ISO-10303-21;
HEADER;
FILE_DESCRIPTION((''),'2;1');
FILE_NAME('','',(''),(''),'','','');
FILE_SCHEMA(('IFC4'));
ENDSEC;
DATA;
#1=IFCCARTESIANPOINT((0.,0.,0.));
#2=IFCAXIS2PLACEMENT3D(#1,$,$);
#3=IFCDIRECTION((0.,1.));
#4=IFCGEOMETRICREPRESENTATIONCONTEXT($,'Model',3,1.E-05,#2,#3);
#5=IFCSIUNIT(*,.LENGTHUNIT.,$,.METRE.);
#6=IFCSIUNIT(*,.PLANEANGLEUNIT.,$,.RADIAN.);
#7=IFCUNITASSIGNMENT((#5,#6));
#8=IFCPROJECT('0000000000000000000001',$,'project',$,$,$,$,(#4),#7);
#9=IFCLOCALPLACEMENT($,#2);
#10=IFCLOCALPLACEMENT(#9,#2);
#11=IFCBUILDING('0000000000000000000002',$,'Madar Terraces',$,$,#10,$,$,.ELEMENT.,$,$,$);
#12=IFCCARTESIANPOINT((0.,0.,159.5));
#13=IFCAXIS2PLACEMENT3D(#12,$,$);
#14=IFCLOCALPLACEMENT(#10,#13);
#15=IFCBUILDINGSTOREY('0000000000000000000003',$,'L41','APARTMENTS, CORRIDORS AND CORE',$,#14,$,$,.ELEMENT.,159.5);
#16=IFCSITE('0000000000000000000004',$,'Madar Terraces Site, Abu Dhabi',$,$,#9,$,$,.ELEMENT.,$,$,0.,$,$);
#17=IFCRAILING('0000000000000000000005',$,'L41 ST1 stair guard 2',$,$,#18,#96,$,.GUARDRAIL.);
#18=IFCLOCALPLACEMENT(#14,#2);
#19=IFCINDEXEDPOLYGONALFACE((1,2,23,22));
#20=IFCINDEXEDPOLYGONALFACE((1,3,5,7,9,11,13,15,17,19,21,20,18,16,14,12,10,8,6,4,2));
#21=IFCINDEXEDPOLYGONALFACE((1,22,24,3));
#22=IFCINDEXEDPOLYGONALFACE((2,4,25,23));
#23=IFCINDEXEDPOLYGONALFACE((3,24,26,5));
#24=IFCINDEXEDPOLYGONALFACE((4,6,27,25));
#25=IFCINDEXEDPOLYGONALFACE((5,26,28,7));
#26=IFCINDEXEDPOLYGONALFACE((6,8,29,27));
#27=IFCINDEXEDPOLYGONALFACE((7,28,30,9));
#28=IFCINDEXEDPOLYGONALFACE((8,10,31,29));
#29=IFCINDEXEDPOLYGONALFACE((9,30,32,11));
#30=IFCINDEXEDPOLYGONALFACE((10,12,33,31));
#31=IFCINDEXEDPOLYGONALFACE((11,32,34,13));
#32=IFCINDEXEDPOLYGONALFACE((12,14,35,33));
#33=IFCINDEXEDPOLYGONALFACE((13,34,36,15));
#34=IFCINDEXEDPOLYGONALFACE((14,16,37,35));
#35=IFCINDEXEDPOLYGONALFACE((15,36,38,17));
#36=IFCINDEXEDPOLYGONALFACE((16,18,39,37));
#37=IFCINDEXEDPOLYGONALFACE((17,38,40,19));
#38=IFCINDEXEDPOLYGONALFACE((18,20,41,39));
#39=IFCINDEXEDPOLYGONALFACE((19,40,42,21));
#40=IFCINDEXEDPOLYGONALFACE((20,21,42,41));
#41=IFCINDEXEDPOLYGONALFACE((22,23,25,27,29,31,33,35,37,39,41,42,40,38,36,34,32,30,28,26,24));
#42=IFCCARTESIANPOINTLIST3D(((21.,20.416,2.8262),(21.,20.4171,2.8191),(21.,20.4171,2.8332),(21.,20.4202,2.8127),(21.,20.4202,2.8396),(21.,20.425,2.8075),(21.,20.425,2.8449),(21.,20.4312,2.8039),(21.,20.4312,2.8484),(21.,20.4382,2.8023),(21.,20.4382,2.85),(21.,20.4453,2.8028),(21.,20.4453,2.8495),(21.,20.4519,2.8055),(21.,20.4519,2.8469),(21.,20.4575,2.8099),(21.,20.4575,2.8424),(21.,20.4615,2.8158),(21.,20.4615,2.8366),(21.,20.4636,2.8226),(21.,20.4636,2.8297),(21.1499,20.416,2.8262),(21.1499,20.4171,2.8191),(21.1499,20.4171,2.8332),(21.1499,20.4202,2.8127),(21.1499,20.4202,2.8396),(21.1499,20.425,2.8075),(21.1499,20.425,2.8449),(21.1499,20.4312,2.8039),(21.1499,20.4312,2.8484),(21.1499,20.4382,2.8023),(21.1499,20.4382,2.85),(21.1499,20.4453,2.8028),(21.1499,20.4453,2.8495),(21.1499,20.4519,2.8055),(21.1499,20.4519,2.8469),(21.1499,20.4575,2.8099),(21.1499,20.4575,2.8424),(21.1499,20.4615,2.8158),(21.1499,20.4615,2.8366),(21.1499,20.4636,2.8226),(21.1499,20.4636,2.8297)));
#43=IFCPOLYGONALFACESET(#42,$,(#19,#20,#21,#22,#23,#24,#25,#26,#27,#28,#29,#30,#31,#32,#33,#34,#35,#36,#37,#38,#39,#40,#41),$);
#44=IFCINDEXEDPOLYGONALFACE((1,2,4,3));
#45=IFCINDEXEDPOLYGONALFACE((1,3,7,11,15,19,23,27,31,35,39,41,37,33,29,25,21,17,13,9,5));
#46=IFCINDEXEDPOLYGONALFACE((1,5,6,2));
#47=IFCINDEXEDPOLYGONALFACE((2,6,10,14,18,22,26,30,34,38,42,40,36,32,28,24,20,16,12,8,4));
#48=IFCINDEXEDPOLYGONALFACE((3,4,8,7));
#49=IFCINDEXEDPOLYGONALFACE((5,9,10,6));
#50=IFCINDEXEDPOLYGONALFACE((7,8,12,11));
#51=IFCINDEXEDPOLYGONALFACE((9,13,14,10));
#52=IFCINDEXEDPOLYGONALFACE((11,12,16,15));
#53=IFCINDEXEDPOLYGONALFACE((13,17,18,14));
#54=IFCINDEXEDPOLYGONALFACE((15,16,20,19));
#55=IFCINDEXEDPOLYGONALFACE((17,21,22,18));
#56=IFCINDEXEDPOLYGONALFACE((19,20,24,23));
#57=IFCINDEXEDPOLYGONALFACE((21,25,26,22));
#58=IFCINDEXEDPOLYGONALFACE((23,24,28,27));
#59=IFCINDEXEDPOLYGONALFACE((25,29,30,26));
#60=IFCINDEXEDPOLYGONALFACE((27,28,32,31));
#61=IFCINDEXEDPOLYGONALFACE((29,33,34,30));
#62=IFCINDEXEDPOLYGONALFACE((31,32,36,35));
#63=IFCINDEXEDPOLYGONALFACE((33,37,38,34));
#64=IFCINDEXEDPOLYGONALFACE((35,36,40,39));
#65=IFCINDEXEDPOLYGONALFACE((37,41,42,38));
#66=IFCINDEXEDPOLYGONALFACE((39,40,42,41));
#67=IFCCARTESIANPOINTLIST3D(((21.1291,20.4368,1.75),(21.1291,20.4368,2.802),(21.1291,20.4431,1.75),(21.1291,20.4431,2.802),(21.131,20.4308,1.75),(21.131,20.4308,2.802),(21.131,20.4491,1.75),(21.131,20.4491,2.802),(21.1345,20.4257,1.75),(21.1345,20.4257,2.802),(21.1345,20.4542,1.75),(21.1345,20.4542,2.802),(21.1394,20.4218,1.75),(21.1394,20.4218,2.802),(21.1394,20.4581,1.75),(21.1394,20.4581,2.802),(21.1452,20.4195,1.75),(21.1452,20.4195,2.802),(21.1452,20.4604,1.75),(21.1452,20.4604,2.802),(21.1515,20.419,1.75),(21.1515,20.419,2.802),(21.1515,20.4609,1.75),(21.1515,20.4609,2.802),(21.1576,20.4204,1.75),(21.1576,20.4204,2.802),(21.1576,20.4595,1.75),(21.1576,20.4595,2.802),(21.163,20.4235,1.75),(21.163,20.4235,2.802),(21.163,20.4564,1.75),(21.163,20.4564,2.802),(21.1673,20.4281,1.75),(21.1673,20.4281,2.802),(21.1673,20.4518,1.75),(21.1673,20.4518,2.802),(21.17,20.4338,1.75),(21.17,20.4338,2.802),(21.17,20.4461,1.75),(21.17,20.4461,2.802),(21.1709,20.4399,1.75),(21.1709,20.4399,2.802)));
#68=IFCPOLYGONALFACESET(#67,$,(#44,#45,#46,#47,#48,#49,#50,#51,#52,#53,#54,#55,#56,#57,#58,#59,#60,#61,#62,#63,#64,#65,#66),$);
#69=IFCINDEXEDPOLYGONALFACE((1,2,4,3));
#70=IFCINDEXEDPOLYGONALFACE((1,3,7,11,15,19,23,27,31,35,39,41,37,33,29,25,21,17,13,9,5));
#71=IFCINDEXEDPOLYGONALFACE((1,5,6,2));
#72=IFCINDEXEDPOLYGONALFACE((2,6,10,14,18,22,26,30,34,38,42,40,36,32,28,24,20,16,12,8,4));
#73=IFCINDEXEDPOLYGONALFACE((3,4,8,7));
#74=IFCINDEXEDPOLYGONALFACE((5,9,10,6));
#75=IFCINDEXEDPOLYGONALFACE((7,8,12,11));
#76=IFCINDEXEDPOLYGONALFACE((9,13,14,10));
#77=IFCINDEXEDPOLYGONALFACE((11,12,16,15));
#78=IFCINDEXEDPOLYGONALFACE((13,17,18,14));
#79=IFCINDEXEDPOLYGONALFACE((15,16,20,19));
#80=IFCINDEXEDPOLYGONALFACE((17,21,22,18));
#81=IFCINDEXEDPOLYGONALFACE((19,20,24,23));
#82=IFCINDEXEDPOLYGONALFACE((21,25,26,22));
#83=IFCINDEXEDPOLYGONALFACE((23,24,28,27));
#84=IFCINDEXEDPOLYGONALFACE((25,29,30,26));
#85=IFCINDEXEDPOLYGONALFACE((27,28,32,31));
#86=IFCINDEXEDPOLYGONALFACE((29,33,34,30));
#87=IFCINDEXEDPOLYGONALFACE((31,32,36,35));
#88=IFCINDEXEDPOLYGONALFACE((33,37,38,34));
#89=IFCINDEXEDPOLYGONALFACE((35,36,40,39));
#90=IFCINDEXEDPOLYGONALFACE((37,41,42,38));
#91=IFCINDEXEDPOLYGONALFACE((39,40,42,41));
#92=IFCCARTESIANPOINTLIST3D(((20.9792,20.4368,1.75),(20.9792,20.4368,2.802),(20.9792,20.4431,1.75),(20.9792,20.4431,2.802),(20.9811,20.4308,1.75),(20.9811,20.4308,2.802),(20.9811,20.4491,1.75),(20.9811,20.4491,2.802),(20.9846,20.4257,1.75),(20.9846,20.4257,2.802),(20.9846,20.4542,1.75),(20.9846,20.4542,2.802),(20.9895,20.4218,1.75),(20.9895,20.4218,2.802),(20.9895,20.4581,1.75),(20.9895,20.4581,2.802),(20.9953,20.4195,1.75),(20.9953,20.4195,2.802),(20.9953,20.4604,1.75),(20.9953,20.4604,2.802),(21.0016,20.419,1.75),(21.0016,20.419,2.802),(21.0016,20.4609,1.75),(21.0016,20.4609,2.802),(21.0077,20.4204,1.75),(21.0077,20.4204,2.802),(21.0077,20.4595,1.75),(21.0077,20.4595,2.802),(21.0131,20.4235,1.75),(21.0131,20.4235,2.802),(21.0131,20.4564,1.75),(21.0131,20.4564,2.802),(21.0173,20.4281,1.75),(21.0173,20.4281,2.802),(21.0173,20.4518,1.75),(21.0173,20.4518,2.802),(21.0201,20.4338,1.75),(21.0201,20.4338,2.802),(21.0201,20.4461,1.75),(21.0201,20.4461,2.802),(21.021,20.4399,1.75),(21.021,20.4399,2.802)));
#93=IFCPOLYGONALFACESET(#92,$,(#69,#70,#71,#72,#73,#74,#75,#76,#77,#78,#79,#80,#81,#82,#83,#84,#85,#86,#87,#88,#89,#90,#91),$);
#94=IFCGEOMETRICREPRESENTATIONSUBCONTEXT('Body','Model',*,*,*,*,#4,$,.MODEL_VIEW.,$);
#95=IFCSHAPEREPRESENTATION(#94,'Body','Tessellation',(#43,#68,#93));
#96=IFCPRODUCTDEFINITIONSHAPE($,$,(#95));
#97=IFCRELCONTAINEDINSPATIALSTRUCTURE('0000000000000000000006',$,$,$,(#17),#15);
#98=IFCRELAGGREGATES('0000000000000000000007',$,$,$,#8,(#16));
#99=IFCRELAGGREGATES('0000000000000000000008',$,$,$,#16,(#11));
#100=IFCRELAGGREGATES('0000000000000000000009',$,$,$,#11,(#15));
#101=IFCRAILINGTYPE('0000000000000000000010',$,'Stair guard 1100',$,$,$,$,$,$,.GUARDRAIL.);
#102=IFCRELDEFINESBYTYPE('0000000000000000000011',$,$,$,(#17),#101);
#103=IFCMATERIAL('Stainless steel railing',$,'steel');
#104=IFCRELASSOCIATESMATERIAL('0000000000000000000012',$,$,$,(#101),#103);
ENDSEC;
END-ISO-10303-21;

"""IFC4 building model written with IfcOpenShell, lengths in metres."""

from ifc_helpers import new_model, si_unit, direction, frame, origin, origin_2d, place, context, subcontext, project, spatial, circle, extrude, material, type_object, element, save


model = new_model("IFC4")

# Units and contexts
model_context = context("Model", 3, precision=1e-05, world=origin(), true_north=direction((0.0, 1.0)))
body_context = subcontext(model_context, "Body", "Model", "MODEL_VIEW")
ifc_project = project(units=[si_unit("LENGTHUNIT", "METRE"), si_unit("PLANEANGLEUNIT", "RADIAN")], contexts=[model_context])

# Site, building, storey
site_placement = place(None, origin())
site = spatial("IfcSite", under=ifc_project, at=site_placement, Name="Madar Terraces Site, Abu Dhabi", CompositionType="ELEMENT", RefElevation=0.0)
building_placement = place(site_placement, origin())
building = spatial("IfcBuilding", under=site, at=building_placement, Name="Madar Terraces", CompositionType="ELEMENT")
storey_placement = place(building_placement, frame((0.0, 0.0, 159.5)))
storey = spatial("IfcBuildingStorey", under=building, at=storey_placement, Name="L41", Description="APARTMENTS, CORRIDORS AND CORE", CompositionType="ELEMENT", Elevation=159.5)

# Railing
ifc_material_1 = material(Name="Stainless steel railing", Category="steel")
railing_type_1 = type_object("IfcRailingType", Name="Stair guard 1100", PredefinedType="GUARDRAIL", material=ifc_material_1)
railing_1_placement = place(storey_placement, frame((21.1499, 20.4399, 1.75)))
element("IfcRailing", 1, at=railing_1_placement, inside=storey, type_object=railing_type_1, Name="L41 ST1 stair guard 2", PredefinedType="GUARDRAIL", context=body_context, shape_type="SweptSolid", body=[
    extrude(circle(Radius=0.0239, at=origin_2d()), frame((0.0, 0.0, 1.0762), z_axis=(-1.0, 0.0, 0.0), x_axis=(0.0, -1.0, 0.0)), (0.0, 0.0, 1.0), 0.1499),
    extrude(circle(Radius=0.021, at=origin_2d()), origin(), (0.0, 0.0, 1.0), 1.052),
    extrude(circle(Radius=0.021, at=origin_2d()), frame((-0.1499, 0.0, 0.0)), (0.0, 0.0, 1.0), 1.052),
])

save(model, "model.ifc")
